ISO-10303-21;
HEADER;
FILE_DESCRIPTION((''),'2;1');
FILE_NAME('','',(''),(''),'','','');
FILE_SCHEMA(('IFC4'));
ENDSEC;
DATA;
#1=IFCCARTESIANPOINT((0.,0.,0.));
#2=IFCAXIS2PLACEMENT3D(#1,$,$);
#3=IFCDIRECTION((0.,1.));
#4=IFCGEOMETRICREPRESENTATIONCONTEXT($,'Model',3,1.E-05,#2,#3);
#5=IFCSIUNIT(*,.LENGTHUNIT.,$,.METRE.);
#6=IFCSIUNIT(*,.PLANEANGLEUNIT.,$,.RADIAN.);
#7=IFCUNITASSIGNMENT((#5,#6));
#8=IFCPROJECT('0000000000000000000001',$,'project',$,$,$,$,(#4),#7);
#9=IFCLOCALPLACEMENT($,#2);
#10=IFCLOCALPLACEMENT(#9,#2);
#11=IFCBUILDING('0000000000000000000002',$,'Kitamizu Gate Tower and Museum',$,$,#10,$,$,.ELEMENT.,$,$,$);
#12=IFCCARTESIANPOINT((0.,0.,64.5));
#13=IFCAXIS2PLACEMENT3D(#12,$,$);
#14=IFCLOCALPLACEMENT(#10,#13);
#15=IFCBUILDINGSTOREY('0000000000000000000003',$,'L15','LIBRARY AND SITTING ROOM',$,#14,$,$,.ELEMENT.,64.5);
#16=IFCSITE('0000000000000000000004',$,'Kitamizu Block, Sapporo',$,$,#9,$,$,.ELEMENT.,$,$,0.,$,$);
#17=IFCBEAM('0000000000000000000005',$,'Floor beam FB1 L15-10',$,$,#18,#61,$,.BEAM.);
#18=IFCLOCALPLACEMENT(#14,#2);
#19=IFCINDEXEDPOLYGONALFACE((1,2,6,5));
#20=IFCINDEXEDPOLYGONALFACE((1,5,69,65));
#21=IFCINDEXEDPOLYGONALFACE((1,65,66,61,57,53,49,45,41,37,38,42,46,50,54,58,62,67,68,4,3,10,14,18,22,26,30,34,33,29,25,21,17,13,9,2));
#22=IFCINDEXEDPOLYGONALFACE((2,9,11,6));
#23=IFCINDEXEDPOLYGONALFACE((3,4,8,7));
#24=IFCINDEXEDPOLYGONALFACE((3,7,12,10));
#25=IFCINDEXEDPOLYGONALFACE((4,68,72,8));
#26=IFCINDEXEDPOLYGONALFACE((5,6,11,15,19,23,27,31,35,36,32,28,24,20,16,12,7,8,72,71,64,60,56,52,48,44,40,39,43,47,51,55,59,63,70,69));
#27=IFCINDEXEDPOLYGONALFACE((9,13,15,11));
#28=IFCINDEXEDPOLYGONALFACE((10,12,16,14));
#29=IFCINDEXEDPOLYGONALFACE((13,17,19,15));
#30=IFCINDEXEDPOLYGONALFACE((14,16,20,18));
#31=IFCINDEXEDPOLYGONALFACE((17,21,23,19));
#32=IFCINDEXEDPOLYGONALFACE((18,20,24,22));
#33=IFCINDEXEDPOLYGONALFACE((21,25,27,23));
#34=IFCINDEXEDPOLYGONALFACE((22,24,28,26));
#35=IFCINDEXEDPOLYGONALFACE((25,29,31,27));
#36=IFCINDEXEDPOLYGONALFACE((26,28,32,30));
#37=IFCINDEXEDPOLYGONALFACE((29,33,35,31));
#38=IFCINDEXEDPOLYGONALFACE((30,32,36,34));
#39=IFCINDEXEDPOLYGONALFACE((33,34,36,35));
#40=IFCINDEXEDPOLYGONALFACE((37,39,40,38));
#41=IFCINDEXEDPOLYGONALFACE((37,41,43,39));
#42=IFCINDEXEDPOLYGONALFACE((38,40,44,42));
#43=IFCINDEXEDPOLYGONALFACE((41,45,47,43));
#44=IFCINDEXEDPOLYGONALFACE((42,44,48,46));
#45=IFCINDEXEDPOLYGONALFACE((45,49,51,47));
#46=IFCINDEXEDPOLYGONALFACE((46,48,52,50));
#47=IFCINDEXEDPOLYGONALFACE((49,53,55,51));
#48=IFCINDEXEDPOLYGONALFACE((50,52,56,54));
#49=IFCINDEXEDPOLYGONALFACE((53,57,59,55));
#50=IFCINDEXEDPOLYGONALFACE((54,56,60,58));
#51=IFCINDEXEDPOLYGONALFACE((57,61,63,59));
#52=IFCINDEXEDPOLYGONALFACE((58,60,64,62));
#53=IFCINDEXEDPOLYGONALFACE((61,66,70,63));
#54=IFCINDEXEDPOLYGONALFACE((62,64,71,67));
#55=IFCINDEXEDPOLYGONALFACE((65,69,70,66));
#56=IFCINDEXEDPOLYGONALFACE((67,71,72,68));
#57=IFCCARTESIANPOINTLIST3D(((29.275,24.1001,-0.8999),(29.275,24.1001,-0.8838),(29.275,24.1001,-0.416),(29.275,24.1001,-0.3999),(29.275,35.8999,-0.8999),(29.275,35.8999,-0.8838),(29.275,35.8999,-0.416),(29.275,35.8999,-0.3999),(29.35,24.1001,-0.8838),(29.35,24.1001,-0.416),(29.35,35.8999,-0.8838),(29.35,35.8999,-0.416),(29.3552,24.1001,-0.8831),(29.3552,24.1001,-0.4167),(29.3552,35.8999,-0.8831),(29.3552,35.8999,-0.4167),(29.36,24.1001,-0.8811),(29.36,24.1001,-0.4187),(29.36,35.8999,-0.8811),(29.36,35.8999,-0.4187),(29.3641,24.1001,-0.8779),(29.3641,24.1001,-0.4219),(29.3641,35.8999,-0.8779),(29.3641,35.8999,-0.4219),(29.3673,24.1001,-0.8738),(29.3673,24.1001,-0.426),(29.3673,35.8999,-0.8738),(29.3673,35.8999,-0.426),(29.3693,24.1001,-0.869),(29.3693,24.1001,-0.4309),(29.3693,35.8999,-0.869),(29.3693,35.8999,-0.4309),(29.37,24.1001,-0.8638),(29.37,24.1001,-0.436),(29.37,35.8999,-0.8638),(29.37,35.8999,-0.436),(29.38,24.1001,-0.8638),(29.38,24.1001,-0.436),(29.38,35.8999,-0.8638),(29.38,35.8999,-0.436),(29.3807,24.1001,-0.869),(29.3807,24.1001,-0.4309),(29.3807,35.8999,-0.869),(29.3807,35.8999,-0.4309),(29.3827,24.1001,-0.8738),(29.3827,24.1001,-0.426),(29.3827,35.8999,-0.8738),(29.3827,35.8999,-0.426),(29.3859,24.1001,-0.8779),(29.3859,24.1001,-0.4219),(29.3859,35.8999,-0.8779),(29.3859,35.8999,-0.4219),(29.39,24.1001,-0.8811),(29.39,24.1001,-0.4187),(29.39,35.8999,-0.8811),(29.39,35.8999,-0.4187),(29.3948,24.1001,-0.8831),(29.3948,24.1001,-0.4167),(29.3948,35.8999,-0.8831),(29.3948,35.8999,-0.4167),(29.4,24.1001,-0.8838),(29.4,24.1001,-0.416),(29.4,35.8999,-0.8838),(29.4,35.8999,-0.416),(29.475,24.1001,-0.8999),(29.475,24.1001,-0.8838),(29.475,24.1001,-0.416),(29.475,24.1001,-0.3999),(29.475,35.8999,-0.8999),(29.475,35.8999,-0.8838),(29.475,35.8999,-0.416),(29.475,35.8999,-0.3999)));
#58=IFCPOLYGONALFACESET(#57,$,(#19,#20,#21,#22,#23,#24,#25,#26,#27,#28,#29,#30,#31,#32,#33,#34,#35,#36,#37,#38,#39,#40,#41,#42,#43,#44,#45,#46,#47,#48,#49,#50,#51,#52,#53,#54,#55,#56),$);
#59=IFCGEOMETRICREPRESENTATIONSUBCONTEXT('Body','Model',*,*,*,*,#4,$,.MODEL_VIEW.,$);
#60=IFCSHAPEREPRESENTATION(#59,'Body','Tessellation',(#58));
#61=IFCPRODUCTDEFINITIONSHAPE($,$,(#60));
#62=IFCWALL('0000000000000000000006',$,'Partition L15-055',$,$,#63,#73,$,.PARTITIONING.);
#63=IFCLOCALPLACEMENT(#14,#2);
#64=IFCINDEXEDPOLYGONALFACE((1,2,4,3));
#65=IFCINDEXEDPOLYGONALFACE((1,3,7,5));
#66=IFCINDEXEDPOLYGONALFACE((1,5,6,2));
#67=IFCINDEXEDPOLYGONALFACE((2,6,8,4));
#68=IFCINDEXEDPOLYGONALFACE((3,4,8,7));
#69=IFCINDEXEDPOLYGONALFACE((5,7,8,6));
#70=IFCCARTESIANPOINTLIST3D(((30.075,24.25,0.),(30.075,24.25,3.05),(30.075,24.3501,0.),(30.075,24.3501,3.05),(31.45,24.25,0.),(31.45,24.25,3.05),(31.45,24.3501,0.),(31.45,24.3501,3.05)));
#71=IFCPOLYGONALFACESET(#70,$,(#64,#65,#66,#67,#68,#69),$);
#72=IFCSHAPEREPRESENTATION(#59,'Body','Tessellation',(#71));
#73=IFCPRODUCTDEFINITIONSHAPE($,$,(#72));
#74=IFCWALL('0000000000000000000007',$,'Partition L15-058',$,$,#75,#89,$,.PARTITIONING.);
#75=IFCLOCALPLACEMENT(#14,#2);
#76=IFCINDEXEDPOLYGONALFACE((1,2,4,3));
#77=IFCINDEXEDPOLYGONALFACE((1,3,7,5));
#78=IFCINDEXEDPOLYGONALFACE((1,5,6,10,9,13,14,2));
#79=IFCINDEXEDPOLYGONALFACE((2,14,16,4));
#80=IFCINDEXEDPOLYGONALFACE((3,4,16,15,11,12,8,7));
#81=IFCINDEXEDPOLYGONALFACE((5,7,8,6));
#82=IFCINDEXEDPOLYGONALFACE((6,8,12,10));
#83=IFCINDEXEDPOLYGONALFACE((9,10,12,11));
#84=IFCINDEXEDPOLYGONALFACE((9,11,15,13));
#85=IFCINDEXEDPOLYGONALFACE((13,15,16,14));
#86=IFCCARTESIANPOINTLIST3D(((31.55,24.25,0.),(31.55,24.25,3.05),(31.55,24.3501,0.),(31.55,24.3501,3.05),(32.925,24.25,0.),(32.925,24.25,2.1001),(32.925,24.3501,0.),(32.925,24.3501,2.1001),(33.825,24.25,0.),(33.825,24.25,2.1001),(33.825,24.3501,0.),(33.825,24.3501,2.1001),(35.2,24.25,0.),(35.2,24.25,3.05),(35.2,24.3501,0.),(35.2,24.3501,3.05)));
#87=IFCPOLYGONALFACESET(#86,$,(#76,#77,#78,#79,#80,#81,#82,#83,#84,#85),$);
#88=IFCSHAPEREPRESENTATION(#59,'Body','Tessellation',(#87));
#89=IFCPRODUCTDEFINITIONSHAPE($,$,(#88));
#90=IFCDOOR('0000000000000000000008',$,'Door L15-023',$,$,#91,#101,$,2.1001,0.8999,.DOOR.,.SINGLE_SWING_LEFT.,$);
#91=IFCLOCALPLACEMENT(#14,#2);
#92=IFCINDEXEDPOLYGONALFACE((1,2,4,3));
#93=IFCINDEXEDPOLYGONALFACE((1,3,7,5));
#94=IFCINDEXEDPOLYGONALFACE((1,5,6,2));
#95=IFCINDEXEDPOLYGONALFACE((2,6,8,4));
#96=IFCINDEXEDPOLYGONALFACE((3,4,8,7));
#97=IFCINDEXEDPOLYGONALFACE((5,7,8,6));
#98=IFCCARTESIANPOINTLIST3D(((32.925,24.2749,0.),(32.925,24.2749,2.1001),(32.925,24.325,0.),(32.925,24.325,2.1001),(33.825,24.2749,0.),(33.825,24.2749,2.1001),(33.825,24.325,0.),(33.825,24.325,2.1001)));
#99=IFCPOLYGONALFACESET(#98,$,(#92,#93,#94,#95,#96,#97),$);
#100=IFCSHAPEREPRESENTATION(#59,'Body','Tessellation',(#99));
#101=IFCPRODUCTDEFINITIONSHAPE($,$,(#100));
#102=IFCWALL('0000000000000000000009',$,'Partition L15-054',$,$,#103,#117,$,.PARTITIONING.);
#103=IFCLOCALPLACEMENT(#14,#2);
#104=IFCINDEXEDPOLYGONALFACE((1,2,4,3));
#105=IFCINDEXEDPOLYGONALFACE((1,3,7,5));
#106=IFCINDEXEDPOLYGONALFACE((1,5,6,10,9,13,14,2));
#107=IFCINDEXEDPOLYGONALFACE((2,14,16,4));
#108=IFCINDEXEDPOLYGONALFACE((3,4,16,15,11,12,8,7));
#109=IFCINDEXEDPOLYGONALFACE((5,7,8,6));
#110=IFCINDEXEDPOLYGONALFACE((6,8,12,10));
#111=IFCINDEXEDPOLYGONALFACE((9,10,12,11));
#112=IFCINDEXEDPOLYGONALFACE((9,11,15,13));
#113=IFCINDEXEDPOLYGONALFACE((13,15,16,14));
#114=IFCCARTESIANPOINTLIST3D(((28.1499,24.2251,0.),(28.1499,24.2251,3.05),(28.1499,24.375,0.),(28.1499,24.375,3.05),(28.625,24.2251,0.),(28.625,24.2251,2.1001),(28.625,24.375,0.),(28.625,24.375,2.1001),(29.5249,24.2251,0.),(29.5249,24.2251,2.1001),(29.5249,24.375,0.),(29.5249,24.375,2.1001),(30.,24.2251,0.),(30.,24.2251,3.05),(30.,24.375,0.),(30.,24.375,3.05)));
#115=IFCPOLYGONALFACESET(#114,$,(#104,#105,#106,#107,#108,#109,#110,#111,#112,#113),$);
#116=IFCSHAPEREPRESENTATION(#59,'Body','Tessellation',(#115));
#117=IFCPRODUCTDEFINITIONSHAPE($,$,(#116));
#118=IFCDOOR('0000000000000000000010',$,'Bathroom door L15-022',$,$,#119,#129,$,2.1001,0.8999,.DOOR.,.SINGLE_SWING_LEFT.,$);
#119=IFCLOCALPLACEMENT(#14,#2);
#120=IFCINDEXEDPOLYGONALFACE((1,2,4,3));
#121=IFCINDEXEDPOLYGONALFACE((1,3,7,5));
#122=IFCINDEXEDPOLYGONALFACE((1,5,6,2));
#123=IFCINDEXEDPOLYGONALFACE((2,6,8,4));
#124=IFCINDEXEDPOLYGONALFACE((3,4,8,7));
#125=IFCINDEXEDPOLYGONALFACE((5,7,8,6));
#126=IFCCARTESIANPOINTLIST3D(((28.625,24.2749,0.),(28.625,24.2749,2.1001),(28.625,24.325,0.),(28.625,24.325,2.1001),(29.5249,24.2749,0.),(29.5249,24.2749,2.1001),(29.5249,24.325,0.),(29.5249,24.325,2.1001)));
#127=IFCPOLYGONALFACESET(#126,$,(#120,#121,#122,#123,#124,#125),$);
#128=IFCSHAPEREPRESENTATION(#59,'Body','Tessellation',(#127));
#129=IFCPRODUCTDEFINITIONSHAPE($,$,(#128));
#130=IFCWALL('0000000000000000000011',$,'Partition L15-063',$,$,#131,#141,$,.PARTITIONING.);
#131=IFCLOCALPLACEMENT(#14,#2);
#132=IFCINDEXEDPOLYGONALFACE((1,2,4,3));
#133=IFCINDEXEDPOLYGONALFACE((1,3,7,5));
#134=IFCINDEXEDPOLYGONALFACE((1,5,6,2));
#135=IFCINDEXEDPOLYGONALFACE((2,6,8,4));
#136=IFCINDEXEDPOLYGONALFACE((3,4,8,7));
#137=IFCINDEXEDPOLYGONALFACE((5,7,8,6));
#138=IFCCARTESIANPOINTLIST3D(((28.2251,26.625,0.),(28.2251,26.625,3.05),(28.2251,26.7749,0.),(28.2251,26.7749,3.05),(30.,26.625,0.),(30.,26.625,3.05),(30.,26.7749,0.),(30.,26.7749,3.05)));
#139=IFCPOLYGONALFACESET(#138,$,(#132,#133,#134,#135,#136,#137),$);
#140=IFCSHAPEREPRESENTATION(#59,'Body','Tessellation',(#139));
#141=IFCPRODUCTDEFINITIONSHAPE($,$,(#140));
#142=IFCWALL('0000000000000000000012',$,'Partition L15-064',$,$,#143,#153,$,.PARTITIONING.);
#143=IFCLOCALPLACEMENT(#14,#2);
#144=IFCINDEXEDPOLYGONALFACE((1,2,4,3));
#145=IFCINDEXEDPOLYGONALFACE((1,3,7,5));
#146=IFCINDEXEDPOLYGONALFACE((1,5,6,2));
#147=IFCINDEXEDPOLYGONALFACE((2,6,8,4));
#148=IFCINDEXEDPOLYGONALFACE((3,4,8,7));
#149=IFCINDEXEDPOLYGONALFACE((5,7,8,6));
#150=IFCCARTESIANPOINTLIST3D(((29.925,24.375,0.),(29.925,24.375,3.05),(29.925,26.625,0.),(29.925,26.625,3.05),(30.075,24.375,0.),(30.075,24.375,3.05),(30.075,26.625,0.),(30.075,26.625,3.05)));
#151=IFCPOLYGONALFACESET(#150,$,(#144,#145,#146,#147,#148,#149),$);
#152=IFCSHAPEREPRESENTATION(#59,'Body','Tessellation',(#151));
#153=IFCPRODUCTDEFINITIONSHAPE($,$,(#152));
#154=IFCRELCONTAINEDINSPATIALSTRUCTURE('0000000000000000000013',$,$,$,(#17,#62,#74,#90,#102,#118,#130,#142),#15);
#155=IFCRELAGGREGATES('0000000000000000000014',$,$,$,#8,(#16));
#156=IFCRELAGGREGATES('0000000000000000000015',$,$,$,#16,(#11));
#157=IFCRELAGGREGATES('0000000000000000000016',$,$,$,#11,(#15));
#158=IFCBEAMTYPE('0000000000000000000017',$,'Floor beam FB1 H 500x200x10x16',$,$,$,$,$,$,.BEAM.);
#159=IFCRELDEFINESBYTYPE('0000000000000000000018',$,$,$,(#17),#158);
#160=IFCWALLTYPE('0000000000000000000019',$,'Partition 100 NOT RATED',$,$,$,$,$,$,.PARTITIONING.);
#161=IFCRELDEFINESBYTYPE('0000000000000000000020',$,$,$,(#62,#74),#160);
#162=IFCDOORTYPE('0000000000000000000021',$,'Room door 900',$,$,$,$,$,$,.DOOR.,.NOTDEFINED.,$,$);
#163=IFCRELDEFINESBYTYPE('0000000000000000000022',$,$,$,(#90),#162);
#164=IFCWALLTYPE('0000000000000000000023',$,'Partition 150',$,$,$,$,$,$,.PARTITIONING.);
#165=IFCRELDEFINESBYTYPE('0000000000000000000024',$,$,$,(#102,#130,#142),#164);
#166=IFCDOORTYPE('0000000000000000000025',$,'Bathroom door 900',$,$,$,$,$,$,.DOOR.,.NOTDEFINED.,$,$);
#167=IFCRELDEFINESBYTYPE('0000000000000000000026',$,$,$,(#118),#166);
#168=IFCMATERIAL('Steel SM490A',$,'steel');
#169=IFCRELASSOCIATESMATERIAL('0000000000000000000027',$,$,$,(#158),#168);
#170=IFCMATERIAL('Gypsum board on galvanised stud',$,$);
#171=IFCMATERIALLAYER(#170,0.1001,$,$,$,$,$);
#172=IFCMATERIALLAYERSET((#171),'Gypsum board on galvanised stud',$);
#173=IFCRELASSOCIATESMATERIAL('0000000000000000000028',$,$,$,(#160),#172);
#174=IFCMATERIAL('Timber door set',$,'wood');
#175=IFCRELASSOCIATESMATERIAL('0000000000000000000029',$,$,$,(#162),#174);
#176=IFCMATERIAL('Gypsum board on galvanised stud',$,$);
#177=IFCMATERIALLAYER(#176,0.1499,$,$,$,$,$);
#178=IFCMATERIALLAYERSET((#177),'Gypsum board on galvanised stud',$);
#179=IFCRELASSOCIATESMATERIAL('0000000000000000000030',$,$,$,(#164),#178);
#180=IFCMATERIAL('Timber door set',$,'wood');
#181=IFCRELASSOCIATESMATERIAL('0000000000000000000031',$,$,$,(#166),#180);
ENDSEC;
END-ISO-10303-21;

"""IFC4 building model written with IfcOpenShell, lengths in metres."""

from ifc_helpers import new_model, si_unit, direction, frame, frame_2d, origin, origin_2d, place, context, subcontext, project, spatial, rectangle, i_section, extrude, material, layer, layer_set, material_profile, profile_set, type_object, element, fill, save


model = new_model("IFC4")

# Units and contexts
model_context = context("Model", 3, precision=1e-05, world=origin(), true_north=direction((0.0, 1.0)))
body_context = subcontext(model_context, "Body", "Model", "MODEL_VIEW")
ifc_project = project(units=[si_unit("LENGTHUNIT", "METRE"), si_unit("PLANEANGLEUNIT", "RADIAN")], contexts=[model_context])

# Site, building, storey
site_placement = place(None, origin())
site = spatial("IfcSite", under=ifc_project, at=site_placement, Name="Kitamizu Block, Sapporo", CompositionType="ELEMENT", RefElevation=0.0)
building_placement = place(site_placement, origin())
building = spatial("IfcBuilding", under=site, at=building_placement, Name="Kitamizu Gate Tower and Museum", CompositionType="ELEMENT")
storey_placement = place(building_placement, frame((0.0, 0.0, 64.5)))
storey = spatial("IfcBuildingStorey", under=building, at=storey_placement, Name="L15", Description="LIBRARY AND SITTING ROOM", CompositionType="ELEMENT", Elevation=64.5)

# Beam
ifc_material_1 = material(Name="Steel SM490A", Category="steel")
ifc_material_profile = material_profile(ifc_material_1, i_section(OverallWidth=0.2, OverallDepth=0.5, WebThickness=0.01, FlangeThickness=0.0161, FilletRadius=0.02, at=origin_2d()), Name="H-500x200x10x16")
ifc_profile_set = profile_set([ifc_material_profile], Name="Steel SM490A")
beam_type = type_object("IfcBeamType", Name="Floor beam FB1 H 500x200x10x16", PredefinedType="BEAM", material=ifc_profile_set)
beam_placement = place(storey_placement, frame((29.375, 24.1001, -0.6499), z_axis=(0.0, 1.0, 0.0), x_axis=(-1.0, 0.0, 0.0)))
element("IfcBeam", 1, at=beam_placement, inside=storey, type_object=beam_type, Name="Floor beam FB1 L15-10", PredefinedType="BEAM", context=body_context, shape_type="SweptSolid", body=[
    extrude(i_section(OverallWidth=0.2, OverallDepth=0.5, WebThickness=0.01, FlangeThickness=0.0161, FilletRadius=0.02, at=origin_2d()), origin(), (0.0, 0.0, 1.0), 11.7998),
])

# Wall
ifc_material_2 = material(Name="Gypsum board on galvanised stud")
ifc_layer_1 = layer(ifc_material_2, 0.1001)
ifc_layer_set_1 = layer_set([ifc_layer_1], Name="Gypsum board on galvanised stud")
wall_type_1 = type_object("IfcWallType", Name="Partition 100 NOT RATED", PredefinedType="PARTITIONING", material=ifc_layer_set_1)
wall_1_placement = place(storey_placement, frame((31.45, 24.3, 0.0), z_axis=(0.0, 0.0, 1.0), x_axis=(-1.0, 0.0, 0.0)))
element("IfcWall", 2, at=wall_1_placement, inside=storey, type_object=wall_type_1, Name="Partition L15-055", PredefinedType="PARTITIONING", context=body_context, shape_type="SweptSolid", body=[
    extrude(rectangle(XDim=1.375, YDim=0.1001, at=frame_2d((0.6875, 0.0))), origin(), (0.0, 0.0, 1.0), 3.05),
])

# Walls, openings, doors
wall_2_placement = place(storey_placement, frame((35.2, 24.3, 0.0), z_axis=(0.0, 0.0, 1.0), x_axis=(-1.0, 0.0, 0.0)))
wall_2 = element("IfcWall", 3, at=wall_2_placement, inside=storey, type_object=wall_type_1, Name="Partition L15-058", PredefinedType="PARTITIONING", context=body_context, shape_type="SweptSolid", body=[
    extrude(rectangle(XDim=3.6499, YDim=0.1001, at=frame_2d((1.825, 0.0))), origin(), (0.0, 0.0, 1.0), 3.05),
])
opening_1_placement = place(wall_2_placement, frame((1.375, 0.0, 0.0)))
opening_1 = element("IfcOpeningElement", 4, at=opening_1_placement, cuts=wall_2, PredefinedType="OPENING", context=body_context, shape_type="SweptSolid", body=[
    extrude(rectangle(XDim=0.8999, YDim=2.1001, at=frame_2d((0.45, 1.05))), frame((0.0, 0.0601, 0.0), z_axis=(0.0, -1.0, 0.0), x_axis=(1.0, 0.0, 0.0)), (0.0, 0.0, 1.0), 0.1201),
])
ifc_material_3 = material(Name="Timber door set", Category="wood")
door_type_1 = type_object("IfcDoorType", Name="Room door 900", OperationType="NOTDEFINED", PredefinedType="DOOR", material=ifc_material_3)
door_1_placement = place(opening_1_placement, frame((0.8999, 0.0, 0.0), x_axis=(-1.0, 0.0, 0.0)))
door_1 = element("IfcDoor", 5, at=door_1_placement, inside=storey, type_object=door_type_1, Name="Door L15-023", OperationType="SINGLE_SWING_LEFT", OverallHeight=2.1001, OverallWidth=0.8999, PredefinedType="DOOR", context=body_context, shape_type="SweptSolid", body=[
    extrude(rectangle(XDim=0.8999, YDim=2.1001, at=frame_2d((0.45, 1.05))), frame((0.0, 0.0249, 0.0), z_axis=(0.0, -1.0, 0.0), x_axis=(1.0, 0.0, 0.0)), (0.0, 0.0, 1.0), 0.05),
])
fill(opening_1, door_1)
ifc_material_4 = material(Name="Gypsum board on galvanised stud")
ifc_layer_2 = layer(ifc_material_4, 0.1499)
ifc_layer_set_2 = layer_set([ifc_layer_2], Name="Gypsum board on galvanised stud")
wall_type_2 = type_object("IfcWallType", Name="Partition 150", PredefinedType="PARTITIONING", material=ifc_layer_set_2)
wall_3_placement = place(storey_placement, frame((30.0, 24.3, 0.0), z_axis=(0.0, 0.0, 1.0), x_axis=(-1.0, 0.0, 0.0)))
wall_3 = element("IfcWall", 6, at=wall_3_placement, inside=storey, type_object=wall_type_2, Name="Partition L15-054", PredefinedType="PARTITIONING", context=body_context, shape_type="SweptSolid", body=[
    extrude(rectangle(XDim=1.8501, YDim=0.1499, at=frame_2d((0.925, 0.0))), origin(), (0.0, 0.0, 1.0), 3.05),
])
opening_2_placement = place(wall_3_placement, frame((0.4751, 0.0, 0.0)))
opening_2 = element("IfcOpeningElement", 7, at=opening_2_placement, cuts=wall_3, PredefinedType="OPENING", context=body_context, shape_type="SweptSolid", body=[
    extrude(rectangle(XDim=0.8999, YDim=2.1001, at=frame_2d((0.45, 1.05))), frame((0.0, 0.085, 0.0), z_axis=(0.0, -1.0, 0.0), x_axis=(1.0, 0.0, 0.0)), (0.0, 0.0, 1.0), 0.1699),
])
ifc_material_5 = material(Name="Timber door set", Category="wood")
door_type_2 = type_object("IfcDoorType", Name="Bathroom door 900", OperationType="NOTDEFINED", PredefinedType="DOOR", material=ifc_material_5)
door_2_placement = place(opening_2_placement, frame((0.8999, 0.0, 0.0), x_axis=(-1.0, 0.0, 0.0)))
door_2 = element("IfcDoor", 8, at=door_2_placement, inside=storey, type_object=door_type_2, Name="Bathroom door L15-022", OperationType="SINGLE_SWING_LEFT", OverallHeight=2.1001, OverallWidth=0.8999, PredefinedType="DOOR", context=body_context, shape_type="SweptSolid", body=[
    extrude(rectangle(XDim=0.8999, YDim=2.1001, at=frame_2d((0.45, 1.05))), frame((0.0, 0.0249, 0.0), z_axis=(0.0, -1.0, 0.0), x_axis=(1.0, 0.0, 0.0)), (0.0, 0.0, 1.0), 0.05),
])
fill(opening_2, door_2)

# Walls
wall_4_placement = place(storey_placement, frame((30.0, 26.7, 0.0), z_axis=(0.0, 0.0, 1.0), x_axis=(-1.0, 0.0, 0.0)))
element("IfcWall", 9, at=wall_4_placement, inside=storey, type_object=wall_type_2, Name="Partition L15-063", PredefinedType="PARTITIONING", context=body_context, shape_type="SweptSolid", body=[
    extrude(rectangle(XDim=1.7749, YDim=0.1499, at=frame_2d((0.8875, 0.0))), origin(), (0.0, 0.0, 1.0), 3.05),
])
wall_5_placement = place(storey_placement, frame((30.0, 24.375, 0.0), z_axis=(0.0, 0.0, 1.0), x_axis=(0.0, 1.0, 0.0)))
element("IfcWall", 10, at=wall_5_placement, inside=storey, type_object=wall_type_2, Name="Partition L15-064", PredefinedType="PARTITIONING", context=body_context, shape_type="SweptSolid", body=[
    extrude(rectangle(XDim=2.25, YDim=0.1499, at=frame_2d((1.125, 0.0))), origin(), (0.0, 0.0, 1.0), 3.05),
])

save(model, "model.ifc")
